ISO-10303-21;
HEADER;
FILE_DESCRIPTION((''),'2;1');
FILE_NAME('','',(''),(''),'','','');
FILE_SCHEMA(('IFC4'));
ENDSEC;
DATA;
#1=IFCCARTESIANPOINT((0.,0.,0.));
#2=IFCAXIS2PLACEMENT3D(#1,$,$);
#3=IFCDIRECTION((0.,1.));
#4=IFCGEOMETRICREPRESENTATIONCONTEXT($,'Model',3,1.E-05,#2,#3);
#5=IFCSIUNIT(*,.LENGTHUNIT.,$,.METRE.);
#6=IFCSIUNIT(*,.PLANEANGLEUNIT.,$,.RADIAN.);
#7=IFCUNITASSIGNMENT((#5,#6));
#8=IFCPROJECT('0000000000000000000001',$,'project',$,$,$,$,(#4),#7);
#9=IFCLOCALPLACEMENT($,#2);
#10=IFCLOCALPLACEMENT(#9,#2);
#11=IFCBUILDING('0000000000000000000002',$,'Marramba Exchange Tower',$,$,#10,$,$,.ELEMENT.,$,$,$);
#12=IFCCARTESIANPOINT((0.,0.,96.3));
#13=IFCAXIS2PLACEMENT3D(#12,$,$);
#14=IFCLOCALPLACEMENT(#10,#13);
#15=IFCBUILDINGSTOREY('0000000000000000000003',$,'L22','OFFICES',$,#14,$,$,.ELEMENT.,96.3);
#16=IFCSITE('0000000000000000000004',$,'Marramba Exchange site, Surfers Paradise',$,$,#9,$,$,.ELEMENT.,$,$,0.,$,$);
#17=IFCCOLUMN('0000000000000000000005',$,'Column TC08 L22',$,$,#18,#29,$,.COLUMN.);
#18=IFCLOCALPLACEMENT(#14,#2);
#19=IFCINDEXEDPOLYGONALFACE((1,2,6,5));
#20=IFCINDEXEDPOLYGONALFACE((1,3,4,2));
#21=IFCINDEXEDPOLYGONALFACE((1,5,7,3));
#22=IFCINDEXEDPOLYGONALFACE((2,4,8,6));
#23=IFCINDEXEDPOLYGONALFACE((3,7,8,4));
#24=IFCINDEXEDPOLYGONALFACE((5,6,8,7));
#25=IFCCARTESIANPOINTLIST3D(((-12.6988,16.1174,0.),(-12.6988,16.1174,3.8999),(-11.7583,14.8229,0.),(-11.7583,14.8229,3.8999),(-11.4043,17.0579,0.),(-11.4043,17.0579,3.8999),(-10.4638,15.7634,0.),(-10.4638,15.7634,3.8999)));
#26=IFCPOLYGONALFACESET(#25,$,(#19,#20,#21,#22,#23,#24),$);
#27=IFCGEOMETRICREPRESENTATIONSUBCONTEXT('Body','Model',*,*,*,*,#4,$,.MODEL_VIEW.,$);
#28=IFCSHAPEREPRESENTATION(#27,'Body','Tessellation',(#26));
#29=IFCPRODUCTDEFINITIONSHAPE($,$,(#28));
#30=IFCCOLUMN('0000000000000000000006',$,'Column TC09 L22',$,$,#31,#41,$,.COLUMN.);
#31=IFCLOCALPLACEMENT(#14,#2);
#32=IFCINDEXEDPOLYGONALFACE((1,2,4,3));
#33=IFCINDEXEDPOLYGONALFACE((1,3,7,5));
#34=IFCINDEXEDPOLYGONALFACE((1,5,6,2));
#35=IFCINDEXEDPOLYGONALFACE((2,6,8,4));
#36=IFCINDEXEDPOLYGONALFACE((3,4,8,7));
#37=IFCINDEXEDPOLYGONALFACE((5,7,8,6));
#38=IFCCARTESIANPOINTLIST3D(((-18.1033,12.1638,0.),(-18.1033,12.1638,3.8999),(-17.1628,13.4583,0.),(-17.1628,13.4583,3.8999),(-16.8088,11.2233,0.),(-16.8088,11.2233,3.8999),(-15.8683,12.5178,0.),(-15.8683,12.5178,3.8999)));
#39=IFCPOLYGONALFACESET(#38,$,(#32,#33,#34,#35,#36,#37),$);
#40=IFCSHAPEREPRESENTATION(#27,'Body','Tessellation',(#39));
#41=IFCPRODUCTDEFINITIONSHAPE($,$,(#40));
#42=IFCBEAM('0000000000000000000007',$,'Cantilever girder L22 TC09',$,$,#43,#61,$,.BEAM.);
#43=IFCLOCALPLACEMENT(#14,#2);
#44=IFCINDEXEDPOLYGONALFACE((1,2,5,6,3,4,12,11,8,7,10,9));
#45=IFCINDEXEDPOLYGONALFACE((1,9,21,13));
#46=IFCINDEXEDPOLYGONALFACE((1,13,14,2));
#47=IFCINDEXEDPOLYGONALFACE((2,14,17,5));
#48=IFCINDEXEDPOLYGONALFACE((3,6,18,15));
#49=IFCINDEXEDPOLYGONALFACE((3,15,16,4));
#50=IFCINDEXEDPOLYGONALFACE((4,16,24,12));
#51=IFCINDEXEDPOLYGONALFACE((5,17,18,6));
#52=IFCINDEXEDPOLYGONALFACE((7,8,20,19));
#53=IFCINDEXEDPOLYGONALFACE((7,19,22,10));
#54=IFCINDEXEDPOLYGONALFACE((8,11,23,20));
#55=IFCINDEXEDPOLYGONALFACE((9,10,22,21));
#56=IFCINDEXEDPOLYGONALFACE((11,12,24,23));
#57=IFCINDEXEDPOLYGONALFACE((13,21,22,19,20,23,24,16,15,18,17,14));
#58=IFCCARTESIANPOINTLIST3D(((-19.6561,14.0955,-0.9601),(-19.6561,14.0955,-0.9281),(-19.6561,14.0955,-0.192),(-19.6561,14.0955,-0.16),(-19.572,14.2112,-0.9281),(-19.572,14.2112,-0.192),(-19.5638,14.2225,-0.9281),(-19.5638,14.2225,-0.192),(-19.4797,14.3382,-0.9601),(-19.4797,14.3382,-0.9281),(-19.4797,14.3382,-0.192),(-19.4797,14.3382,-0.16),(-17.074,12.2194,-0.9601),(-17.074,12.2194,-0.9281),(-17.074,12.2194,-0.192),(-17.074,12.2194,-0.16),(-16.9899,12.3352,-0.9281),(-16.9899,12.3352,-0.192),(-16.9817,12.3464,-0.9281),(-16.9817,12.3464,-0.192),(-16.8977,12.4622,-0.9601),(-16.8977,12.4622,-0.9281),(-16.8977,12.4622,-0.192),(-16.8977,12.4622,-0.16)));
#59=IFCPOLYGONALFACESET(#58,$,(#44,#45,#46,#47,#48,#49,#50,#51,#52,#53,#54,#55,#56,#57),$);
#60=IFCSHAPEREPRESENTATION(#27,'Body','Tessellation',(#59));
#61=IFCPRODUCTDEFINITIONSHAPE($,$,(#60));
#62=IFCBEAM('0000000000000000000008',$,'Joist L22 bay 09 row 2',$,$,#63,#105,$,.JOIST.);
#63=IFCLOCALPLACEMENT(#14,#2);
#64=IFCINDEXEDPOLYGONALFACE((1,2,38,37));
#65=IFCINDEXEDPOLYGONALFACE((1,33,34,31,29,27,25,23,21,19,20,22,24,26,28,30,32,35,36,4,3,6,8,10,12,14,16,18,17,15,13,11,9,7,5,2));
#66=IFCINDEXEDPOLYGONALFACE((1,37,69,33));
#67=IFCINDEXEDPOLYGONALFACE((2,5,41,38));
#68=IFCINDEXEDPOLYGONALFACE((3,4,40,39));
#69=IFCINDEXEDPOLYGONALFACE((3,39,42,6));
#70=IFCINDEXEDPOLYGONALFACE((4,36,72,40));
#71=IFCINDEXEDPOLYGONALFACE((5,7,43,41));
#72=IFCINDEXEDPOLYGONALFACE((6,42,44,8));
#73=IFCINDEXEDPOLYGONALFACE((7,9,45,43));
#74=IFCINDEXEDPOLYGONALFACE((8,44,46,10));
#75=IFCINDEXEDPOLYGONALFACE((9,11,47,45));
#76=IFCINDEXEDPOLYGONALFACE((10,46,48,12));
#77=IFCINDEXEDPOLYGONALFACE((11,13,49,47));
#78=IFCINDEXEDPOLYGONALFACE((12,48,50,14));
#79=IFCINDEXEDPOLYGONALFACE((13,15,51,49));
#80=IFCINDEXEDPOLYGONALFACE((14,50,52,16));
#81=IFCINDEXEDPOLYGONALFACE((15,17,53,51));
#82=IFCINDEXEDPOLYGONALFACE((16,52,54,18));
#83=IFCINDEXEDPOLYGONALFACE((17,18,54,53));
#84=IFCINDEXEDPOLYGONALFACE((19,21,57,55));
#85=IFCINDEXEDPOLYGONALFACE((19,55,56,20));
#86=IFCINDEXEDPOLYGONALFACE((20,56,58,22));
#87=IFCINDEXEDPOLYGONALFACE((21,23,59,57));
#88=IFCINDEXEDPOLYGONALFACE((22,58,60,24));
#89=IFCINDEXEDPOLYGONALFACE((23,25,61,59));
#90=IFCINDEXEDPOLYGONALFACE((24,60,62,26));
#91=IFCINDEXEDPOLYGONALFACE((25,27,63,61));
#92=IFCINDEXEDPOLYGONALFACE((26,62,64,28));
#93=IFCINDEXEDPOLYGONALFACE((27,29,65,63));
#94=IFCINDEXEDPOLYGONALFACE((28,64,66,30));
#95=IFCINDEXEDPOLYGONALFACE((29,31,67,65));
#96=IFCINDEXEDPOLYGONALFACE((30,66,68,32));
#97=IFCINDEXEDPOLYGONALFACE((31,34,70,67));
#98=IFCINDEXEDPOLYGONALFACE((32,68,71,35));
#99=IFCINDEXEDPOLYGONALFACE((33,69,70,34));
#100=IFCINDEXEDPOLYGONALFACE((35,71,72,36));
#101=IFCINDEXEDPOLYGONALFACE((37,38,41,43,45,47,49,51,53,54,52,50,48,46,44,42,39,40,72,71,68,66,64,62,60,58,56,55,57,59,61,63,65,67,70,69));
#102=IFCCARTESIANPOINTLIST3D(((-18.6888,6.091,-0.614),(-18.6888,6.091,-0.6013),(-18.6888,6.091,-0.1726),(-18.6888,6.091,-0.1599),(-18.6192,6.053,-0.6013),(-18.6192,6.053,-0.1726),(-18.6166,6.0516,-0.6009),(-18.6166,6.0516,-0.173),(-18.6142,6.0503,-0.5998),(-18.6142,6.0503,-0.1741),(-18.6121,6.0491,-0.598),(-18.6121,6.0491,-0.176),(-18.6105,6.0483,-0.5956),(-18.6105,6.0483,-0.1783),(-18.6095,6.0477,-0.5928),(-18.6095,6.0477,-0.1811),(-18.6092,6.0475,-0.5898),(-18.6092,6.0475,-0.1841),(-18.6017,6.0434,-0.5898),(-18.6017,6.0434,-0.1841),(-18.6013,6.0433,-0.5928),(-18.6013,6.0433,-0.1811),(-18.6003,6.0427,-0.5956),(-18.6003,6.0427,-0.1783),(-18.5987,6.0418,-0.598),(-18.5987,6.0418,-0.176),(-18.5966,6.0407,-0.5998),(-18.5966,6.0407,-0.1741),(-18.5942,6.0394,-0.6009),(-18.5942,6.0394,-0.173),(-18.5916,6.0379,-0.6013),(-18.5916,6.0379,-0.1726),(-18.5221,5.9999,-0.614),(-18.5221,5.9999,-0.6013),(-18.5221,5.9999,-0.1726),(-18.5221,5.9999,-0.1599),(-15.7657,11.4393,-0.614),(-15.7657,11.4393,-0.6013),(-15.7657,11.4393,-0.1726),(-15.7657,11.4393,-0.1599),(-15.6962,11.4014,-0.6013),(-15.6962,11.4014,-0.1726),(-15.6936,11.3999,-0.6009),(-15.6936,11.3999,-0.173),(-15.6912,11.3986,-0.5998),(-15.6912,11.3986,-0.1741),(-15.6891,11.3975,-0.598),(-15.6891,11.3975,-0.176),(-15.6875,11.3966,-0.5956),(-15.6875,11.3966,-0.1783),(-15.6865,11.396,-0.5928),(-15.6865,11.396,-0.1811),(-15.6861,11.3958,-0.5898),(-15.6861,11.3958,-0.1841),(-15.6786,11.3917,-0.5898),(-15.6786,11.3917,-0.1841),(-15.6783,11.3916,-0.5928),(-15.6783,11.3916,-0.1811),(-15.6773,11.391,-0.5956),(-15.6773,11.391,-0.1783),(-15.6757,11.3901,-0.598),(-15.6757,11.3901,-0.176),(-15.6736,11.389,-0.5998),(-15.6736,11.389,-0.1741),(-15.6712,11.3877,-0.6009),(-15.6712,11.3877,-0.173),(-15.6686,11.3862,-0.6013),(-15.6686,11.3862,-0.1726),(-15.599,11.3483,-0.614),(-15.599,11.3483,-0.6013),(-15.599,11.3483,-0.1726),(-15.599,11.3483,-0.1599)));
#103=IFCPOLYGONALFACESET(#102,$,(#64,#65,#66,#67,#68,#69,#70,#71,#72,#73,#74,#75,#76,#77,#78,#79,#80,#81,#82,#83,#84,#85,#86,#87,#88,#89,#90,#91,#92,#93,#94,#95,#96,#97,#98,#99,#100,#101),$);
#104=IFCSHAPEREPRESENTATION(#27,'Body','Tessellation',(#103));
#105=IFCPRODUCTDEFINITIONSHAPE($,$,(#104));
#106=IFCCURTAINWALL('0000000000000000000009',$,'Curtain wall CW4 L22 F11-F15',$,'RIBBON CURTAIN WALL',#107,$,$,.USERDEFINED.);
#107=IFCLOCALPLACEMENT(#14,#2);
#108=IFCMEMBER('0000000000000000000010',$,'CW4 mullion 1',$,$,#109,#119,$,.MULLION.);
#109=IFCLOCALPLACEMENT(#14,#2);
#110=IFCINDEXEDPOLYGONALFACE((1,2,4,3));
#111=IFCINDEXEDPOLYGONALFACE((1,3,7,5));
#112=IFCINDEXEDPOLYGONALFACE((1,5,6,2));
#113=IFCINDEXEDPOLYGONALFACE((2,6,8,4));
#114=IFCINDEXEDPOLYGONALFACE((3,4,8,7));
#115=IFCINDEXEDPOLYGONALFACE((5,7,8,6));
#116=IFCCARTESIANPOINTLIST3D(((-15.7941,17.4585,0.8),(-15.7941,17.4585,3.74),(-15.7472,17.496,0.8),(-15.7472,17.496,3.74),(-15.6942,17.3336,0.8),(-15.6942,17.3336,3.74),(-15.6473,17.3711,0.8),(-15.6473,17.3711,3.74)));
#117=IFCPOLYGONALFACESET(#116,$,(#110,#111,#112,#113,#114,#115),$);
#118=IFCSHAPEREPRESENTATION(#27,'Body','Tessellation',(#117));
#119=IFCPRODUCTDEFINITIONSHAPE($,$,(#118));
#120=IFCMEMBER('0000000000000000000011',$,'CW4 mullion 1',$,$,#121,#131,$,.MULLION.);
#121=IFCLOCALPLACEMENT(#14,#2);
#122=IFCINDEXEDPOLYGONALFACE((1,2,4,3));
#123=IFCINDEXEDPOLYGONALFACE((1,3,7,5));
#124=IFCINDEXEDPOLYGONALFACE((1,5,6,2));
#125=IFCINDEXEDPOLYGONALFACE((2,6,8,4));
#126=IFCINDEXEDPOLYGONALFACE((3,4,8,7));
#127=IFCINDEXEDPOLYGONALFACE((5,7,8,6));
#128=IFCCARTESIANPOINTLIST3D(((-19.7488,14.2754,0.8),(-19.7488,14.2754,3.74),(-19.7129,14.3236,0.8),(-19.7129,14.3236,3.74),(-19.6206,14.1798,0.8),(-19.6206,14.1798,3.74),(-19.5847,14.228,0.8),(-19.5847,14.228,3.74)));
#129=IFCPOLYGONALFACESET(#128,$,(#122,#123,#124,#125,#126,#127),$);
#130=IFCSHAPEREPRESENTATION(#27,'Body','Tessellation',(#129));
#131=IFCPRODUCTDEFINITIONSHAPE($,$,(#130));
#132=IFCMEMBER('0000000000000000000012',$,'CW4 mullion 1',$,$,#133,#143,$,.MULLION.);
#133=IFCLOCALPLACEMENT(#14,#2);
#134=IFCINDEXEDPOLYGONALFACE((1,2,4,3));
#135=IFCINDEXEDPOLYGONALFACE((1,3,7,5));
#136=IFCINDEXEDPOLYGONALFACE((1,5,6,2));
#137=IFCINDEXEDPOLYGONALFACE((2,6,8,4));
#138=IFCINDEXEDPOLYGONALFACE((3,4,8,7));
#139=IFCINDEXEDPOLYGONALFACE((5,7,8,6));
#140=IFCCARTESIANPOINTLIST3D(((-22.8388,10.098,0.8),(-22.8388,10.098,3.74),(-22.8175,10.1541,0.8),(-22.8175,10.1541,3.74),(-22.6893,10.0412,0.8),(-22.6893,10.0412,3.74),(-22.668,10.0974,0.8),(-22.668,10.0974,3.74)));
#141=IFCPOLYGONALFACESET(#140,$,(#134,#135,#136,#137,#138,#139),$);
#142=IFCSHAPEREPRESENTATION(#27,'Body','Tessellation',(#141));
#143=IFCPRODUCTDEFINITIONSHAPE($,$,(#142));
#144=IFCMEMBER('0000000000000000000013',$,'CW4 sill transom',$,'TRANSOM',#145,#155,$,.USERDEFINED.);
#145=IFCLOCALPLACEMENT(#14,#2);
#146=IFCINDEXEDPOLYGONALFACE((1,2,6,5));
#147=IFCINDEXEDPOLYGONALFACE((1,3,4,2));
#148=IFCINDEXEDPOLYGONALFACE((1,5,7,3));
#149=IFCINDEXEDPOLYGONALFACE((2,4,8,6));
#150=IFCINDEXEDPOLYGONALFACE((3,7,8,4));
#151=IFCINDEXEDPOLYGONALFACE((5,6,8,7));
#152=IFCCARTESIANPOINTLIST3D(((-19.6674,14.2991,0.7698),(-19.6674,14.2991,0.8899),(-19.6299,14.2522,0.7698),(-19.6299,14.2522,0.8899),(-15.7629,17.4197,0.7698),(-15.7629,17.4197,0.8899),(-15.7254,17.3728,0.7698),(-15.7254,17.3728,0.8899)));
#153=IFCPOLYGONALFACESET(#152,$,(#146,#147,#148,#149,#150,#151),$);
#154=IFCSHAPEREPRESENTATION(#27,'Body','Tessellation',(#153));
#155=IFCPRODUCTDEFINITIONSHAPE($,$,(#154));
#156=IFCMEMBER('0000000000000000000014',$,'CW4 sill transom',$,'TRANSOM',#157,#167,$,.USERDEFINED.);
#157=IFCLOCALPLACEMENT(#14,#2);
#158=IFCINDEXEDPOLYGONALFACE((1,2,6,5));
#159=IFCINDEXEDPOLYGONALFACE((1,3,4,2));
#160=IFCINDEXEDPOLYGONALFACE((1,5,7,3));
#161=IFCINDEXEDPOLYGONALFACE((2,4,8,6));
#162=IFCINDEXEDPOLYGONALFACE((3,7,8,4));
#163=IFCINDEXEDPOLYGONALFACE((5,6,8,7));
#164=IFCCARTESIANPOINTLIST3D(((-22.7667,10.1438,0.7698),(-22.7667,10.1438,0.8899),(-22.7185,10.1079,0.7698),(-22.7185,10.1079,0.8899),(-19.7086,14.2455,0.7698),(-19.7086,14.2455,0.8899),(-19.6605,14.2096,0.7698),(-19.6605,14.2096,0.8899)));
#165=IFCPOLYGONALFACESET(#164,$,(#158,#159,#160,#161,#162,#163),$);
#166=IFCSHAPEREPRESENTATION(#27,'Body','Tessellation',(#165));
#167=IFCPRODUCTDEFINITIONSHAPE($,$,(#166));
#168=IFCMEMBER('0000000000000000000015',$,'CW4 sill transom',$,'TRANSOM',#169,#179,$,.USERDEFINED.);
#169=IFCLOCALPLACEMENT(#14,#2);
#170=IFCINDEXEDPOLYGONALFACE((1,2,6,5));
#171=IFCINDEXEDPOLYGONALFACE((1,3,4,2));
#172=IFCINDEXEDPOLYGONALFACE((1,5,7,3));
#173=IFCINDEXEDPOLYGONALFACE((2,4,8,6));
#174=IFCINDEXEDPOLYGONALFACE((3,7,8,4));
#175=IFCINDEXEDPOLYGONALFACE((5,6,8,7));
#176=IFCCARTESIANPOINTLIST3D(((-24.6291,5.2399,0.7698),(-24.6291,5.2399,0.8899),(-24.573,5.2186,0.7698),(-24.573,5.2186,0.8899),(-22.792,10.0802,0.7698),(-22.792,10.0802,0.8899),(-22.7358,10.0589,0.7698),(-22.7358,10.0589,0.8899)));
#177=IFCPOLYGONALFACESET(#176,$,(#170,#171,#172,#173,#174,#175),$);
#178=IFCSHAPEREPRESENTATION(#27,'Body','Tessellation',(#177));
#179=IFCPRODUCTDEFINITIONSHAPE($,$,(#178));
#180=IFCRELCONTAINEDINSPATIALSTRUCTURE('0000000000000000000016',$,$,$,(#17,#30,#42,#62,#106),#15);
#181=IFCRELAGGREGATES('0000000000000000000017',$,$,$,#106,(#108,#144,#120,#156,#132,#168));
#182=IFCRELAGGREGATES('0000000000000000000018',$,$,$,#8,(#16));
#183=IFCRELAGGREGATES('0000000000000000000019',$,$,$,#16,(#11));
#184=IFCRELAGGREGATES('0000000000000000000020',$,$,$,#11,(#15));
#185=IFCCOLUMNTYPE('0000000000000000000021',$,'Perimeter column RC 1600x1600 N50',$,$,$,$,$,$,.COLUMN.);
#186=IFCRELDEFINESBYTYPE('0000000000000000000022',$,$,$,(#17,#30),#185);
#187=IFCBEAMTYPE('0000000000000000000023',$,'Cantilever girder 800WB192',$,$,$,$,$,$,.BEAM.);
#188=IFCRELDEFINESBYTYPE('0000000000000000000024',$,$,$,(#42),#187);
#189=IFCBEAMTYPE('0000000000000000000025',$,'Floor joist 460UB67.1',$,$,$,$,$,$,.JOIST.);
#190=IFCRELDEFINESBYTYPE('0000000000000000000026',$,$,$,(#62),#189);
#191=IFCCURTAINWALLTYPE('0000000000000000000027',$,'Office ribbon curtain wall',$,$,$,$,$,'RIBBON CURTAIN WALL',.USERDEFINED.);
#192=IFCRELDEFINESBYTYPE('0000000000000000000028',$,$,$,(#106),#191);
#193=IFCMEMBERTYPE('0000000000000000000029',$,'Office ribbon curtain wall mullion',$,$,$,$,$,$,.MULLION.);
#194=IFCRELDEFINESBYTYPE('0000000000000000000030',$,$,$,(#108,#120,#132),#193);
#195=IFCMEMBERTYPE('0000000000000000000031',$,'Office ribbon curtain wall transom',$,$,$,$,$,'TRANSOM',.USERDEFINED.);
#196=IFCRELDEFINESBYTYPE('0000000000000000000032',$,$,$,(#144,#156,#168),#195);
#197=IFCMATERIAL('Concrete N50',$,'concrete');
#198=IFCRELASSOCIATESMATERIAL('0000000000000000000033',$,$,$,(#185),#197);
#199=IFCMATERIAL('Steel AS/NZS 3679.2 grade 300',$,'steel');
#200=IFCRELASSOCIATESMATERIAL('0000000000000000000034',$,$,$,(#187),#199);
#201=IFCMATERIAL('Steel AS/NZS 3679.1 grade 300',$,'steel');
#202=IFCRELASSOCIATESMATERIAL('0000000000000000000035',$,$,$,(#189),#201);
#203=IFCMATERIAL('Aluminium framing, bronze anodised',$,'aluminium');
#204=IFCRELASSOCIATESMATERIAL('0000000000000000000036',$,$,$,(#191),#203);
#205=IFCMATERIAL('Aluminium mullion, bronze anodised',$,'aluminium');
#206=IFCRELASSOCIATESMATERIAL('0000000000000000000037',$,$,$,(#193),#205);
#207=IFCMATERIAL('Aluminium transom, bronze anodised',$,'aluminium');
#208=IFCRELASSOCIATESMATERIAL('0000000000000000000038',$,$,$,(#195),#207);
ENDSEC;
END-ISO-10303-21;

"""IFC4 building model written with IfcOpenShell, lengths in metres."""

from ifc_helpers import new_model, si_unit, direction, frame, origin, origin_2d, place, context, subcontext, project, spatial, rectangle, i_section, extrude, material, material_profile, profile_set, type_object, element, aggregate, save


model = new_model("IFC4")

# Units and contexts
model_context = context("Model", 3, precision=1e-05, world=origin(), true_north=direction((0.0, 1.0)))
body_context = subcontext(model_context, "Body", "Model", "MODEL_VIEW")
ifc_project = project(units=[si_unit("LENGTHUNIT", "METRE"), si_unit("PLANEANGLEUNIT", "RADIAN")], contexts=[model_context])

# Site, building, storey
site_placement = place(None, origin())
site = spatial("IfcSite", under=ifc_project, at=site_placement, Name="Marramba Exchange site, Surfers Paradise", CompositionType="ELEMENT", RefElevation=0.0)
building_placement = place(site_placement, origin())
building = spatial("IfcBuilding", under=site, at=building_placement, Name="Marramba Exchange Tower", CompositionType="ELEMENT")
storey_placement = place(building_placement, frame((0.0, 0.0, 96.3)))
storey = spatial("IfcBuildingStorey", under=building, at=storey_placement, Name="L22", Description="OFFICES", CompositionType="ELEMENT", Elevation=96.3)

# Columns
ifc_material_1 = material(Name="Concrete N50", Category="concrete")
ifc_material_profile_1 = material_profile(ifc_material_1, rectangle(XDim=1.6001, YDim=1.6001, at=origin_2d()), Name="RC 1600x1600")
ifc_profile_set_1 = profile_set([ifc_material_profile_1], Name="Concrete N50")
column_type = type_object("IfcColumnType", Name="Perimeter column RC 1600x1600 N50", PredefinedType="COLUMN", material=ifc_profile_set_1)
for number, where, z_axis, x_axis, name in (
    (1, (-11.5813, 15.9404, 0.0), (0.0, 0.0, 1.0), (-0.587785, 0.809017, 0.0), "Column TC08 L22"),
    (2, (-16.9858, 12.3408, 0.0), (0.0, 0.0, 1.0), (-0.809017, 0.587785, 0.0), "Column TC09 L22"),
):
    element("IfcColumn", number, at=place(storey_placement, frame(where, z_axis=z_axis, x_axis=x_axis)), inside=storey, type_object=column_type, Name=name, PredefinedType="COLUMN", context=body_context, shape_type="SweptSolid", body=[
        extrude(rectangle(XDim=1.6001, YDim=1.6001, at=origin_2d()), origin(), (0.0, 0.0, 1.0), 3.8999),
    ])

# Beams
ifc_material_2 = material(Name="Steel AS/NZS 3679.2 grade 300", Category="steel")
ifc_material_profile_2 = material_profile(ifc_material_2, i_section(OverallWidth=0.3, OverallDepth=0.8, WebThickness=0.0139, FlangeThickness=0.032, at=origin_2d()), Name="800WB192")
ifc_profile_set_2 = profile_set([ifc_material_profile_2], Name="Steel AS/NZS 3679.2 grade 300")
beam_type_1 = type_object("IfcBeamType", Name="Cantilever girder 800WB192", PredefinedType="BEAM", material=ifc_profile_set_2)
beam_1_placement = place(storey_placement, frame((-16.9858, 12.3408, -0.5601), z_axis=(-0.809014, 0.58779, 0.0), x_axis=(-0.58779, -0.809014, 0.0)))
element("IfcBeam", 3, at=beam_1_placement, inside=storey, type_object=beam_type_1, Name="Cantilever girder L22 TC09", PredefinedType="BEAM", context=body_context, shape_type="SweptSolid", body=[
    extrude(i_section(OverallWidth=0.3, OverallDepth=0.8, WebThickness=0.0139, FlangeThickness=0.032, at=origin_2d()), origin(), (0.0, 0.0, 1.0), 3.1917),
])
ifc_material_3 = material(Name="Steel AS/NZS 3679.1 grade 300", Category="steel")
ifc_material_profile_3 = material_profile(ifc_material_3, i_section(OverallWidth=0.1899, OverallDepth=0.4541, WebThickness=0.0085, FlangeThickness=0.0127, FilletRadius=0.0115, at=origin_2d()), Name="460UB67.1")
ifc_profile_set_3 = profile_set([ifc_material_profile_3], Name="Steel AS/NZS 3679.1 grade 300")
beam_type_2 = type_object("IfcBeamType", Name="Floor joist 460UB67.1", PredefinedType="JOIST", material=ifc_profile_set_3)
beam_2_placement = place(storey_placement, frame((-15.6824, 11.3938, -0.387), z_axis=(-0.479584, -0.877496, 0.0), x_axis=(0.877496, -0.479584, 0.0)))
element("IfcBeam", 4, at=beam_2_placement, inside=storey, type_object=beam_type_2, Name="Joist L22 bay 09 row 2", PredefinedType="JOIST", context=body_context, shape_type="SweptSolid", body=[
    extrude(i_section(OverallWidth=0.1899, OverallDepth=0.4541, WebThickness=0.0085, FlangeThickness=0.0127, FilletRadius=0.0115, at=origin_2d()), origin(), (0.0, 0.0, 1.0), 6.095),
])

# Curtain wall, members
ifc_material_4 = material(Name="Aluminium framing, bronze anodised", Category="aluminium")
curtain_wall_type = type_object("IfcCurtainWallType", Name="Office ribbon curtain wall", ElementType="RIBBON CURTAIN WALL", PredefinedType="USERDEFINED", material=ifc_material_4)
curtain_wall_placement = place(storey_placement, origin())
curtain_wall = element("IfcCurtainWall", 5, at=curtain_wall_placement, inside=storey, type_object=curtain_wall_type, Name="Curtain wall CW4 L22 F11-F15", ObjectType="RIBBON CURTAIN WALL", PredefinedType="USERDEFINED")
ifc_material_5 = material(Name="Aluminium mullion, bronze anodised", Category="aluminium")
ifc_material_profile_4 = material_profile(ifc_material_5, rectangle(XDim=0.1599, YDim=0.0601, at=origin_2d()), Name="CW4 mullion 60x160")
ifc_profile_set_4 = profile_set([ifc_material_profile_4], Name="Aluminium mullion, bronze anodised")
member_type_1 = type_object("IfcMemberType", Name="Office ribbon curtain wall mullion", PredefinedType="MULLION", material=ifc_profile_set_4)
member_1_placement = place(storey_placement, frame((-15.7207, 17.4148, 0.8), z_axis=(0.0, 0.0, 1.0), x_axis=(0.624308, -0.781178, 0.0)))
member_1 = element("IfcMember", 6, at=member_1_placement, type_object=member_type_1, Name="CW4 mullion 1", PredefinedType="MULLION", context=body_context, shape_type="SweptSolid", body=[
    extrude(rectangle(XDim=0.1599, YDim=0.0601, at=origin_2d()), origin(), (0.0, 0.0, 1.0), 2.9399),
])
member_2_placement = place(storey_placement, frame((-19.6667, 14.2517, 0.8), z_axis=(0.0, 0.0, 1.0), x_axis=(0.801717, -0.597704, 0.0)))
member_2 = element("IfcMember", 7, at=member_2_placement, type_object=member_type_1, Name="CW4 mullion 1", PredefinedType="MULLION", context=body_context, shape_type="SweptSolid", body=[
    extrude(rectangle(XDim=0.1599, YDim=0.0601, at=origin_2d()), origin(), (0.0, 0.0, 1.0), 2.9399),
])
member_3_placement = place(storey_placement, frame((-22.7534, 10.0977, 0.8), z_axis=(0.0, 0.0, 1.0), x_axis=(0.934925, -0.354844, 0.0)))
member_3 = element("IfcMember", 8, at=member_3_placement, type_object=member_type_1, Name="CW4 mullion 1", PredefinedType="MULLION", context=body_context, shape_type="SweptSolid", body=[
    extrude(rectangle(XDim=0.1599, YDim=0.0601, at=origin_2d()), origin(), (0.0, 0.0, 1.0), 2.9399),
])
ifc_material_6 = material(Name="Aluminium transom, bronze anodised", Category="aluminium")
ifc_material_profile_5 = material_profile(ifc_material_6, rectangle(XDim=0.0601, YDim=0.1201, at=origin_2d()), Name="CW4 transom 60x120")
ifc_profile_set_5 = profile_set([ifc_material_profile_5], Name="Aluminium transom, bronze anodised")
member_type_2 = type_object("IfcMemberType", Name="Office ribbon curtain wall transom", ElementType="TRANSOM", PredefinedType="USERDEFINED", material=ifc_profile_set_5)
member_4_placement = place(storey_placement, frame((-15.7441, 17.3962, 0.8298), z_axis=(-0.781164, -0.624326, 0.0), x_axis=(0.624326, -0.781164, 0.0)))
member_4 = element("IfcMember", 9, at=member_4_placement, type_object=member_type_2, Name="CW4 sill transom", ObjectType="TRANSOM", PredefinedType="USERDEFINED", context=body_context, shape_type="SweptSolid", body=[
    extrude(rectangle(XDim=0.0601, YDim=0.1201, at=origin_2d()), origin(), (0.0, 0.0, 1.0), 4.9983),
])
member_5_placement = place(storey_placement, frame((-19.6846, 14.2275, 0.8298), z_axis=(-0.597715, -0.801709, 0.0), x_axis=(0.801709, -0.597715, 0.0)))
member_5 = element("IfcMember", 10, at=member_5_placement, type_object=member_type_2, Name="CW4 sill transom", ObjectType="TRANSOM", PredefinedType="USERDEFINED", context=body_context, shape_type="SweptSolid", body=[
    extrude(rectangle(XDim=0.0601, YDim=0.1201, at=origin_2d()), origin(), (0.0, 0.0, 1.0), 5.1162),
])
member_6_placement = place(storey_placement, frame((-22.7639, 10.0696, 0.8298), z_axis=(-0.354852, -0.934923, 0.0), x_axis=(0.934923, -0.354852, 0.0)))
member_6 = element("IfcMember", 11, at=member_6_placement, type_object=member_type_2, Name="CW4 sill transom", ObjectType="TRANSOM", PredefinedType="USERDEFINED", context=body_context, shape_type="SweptSolid", body=[
    extrude(rectangle(XDim=0.0601, YDim=0.1201, at=origin_2d()), origin(), (0.0, 0.0, 1.0), 5.1772),
])

aggregate(curtain_wall, [member_1, member_4, member_2, member_5, member_3, member_6])

save(model, "model.ifc")
